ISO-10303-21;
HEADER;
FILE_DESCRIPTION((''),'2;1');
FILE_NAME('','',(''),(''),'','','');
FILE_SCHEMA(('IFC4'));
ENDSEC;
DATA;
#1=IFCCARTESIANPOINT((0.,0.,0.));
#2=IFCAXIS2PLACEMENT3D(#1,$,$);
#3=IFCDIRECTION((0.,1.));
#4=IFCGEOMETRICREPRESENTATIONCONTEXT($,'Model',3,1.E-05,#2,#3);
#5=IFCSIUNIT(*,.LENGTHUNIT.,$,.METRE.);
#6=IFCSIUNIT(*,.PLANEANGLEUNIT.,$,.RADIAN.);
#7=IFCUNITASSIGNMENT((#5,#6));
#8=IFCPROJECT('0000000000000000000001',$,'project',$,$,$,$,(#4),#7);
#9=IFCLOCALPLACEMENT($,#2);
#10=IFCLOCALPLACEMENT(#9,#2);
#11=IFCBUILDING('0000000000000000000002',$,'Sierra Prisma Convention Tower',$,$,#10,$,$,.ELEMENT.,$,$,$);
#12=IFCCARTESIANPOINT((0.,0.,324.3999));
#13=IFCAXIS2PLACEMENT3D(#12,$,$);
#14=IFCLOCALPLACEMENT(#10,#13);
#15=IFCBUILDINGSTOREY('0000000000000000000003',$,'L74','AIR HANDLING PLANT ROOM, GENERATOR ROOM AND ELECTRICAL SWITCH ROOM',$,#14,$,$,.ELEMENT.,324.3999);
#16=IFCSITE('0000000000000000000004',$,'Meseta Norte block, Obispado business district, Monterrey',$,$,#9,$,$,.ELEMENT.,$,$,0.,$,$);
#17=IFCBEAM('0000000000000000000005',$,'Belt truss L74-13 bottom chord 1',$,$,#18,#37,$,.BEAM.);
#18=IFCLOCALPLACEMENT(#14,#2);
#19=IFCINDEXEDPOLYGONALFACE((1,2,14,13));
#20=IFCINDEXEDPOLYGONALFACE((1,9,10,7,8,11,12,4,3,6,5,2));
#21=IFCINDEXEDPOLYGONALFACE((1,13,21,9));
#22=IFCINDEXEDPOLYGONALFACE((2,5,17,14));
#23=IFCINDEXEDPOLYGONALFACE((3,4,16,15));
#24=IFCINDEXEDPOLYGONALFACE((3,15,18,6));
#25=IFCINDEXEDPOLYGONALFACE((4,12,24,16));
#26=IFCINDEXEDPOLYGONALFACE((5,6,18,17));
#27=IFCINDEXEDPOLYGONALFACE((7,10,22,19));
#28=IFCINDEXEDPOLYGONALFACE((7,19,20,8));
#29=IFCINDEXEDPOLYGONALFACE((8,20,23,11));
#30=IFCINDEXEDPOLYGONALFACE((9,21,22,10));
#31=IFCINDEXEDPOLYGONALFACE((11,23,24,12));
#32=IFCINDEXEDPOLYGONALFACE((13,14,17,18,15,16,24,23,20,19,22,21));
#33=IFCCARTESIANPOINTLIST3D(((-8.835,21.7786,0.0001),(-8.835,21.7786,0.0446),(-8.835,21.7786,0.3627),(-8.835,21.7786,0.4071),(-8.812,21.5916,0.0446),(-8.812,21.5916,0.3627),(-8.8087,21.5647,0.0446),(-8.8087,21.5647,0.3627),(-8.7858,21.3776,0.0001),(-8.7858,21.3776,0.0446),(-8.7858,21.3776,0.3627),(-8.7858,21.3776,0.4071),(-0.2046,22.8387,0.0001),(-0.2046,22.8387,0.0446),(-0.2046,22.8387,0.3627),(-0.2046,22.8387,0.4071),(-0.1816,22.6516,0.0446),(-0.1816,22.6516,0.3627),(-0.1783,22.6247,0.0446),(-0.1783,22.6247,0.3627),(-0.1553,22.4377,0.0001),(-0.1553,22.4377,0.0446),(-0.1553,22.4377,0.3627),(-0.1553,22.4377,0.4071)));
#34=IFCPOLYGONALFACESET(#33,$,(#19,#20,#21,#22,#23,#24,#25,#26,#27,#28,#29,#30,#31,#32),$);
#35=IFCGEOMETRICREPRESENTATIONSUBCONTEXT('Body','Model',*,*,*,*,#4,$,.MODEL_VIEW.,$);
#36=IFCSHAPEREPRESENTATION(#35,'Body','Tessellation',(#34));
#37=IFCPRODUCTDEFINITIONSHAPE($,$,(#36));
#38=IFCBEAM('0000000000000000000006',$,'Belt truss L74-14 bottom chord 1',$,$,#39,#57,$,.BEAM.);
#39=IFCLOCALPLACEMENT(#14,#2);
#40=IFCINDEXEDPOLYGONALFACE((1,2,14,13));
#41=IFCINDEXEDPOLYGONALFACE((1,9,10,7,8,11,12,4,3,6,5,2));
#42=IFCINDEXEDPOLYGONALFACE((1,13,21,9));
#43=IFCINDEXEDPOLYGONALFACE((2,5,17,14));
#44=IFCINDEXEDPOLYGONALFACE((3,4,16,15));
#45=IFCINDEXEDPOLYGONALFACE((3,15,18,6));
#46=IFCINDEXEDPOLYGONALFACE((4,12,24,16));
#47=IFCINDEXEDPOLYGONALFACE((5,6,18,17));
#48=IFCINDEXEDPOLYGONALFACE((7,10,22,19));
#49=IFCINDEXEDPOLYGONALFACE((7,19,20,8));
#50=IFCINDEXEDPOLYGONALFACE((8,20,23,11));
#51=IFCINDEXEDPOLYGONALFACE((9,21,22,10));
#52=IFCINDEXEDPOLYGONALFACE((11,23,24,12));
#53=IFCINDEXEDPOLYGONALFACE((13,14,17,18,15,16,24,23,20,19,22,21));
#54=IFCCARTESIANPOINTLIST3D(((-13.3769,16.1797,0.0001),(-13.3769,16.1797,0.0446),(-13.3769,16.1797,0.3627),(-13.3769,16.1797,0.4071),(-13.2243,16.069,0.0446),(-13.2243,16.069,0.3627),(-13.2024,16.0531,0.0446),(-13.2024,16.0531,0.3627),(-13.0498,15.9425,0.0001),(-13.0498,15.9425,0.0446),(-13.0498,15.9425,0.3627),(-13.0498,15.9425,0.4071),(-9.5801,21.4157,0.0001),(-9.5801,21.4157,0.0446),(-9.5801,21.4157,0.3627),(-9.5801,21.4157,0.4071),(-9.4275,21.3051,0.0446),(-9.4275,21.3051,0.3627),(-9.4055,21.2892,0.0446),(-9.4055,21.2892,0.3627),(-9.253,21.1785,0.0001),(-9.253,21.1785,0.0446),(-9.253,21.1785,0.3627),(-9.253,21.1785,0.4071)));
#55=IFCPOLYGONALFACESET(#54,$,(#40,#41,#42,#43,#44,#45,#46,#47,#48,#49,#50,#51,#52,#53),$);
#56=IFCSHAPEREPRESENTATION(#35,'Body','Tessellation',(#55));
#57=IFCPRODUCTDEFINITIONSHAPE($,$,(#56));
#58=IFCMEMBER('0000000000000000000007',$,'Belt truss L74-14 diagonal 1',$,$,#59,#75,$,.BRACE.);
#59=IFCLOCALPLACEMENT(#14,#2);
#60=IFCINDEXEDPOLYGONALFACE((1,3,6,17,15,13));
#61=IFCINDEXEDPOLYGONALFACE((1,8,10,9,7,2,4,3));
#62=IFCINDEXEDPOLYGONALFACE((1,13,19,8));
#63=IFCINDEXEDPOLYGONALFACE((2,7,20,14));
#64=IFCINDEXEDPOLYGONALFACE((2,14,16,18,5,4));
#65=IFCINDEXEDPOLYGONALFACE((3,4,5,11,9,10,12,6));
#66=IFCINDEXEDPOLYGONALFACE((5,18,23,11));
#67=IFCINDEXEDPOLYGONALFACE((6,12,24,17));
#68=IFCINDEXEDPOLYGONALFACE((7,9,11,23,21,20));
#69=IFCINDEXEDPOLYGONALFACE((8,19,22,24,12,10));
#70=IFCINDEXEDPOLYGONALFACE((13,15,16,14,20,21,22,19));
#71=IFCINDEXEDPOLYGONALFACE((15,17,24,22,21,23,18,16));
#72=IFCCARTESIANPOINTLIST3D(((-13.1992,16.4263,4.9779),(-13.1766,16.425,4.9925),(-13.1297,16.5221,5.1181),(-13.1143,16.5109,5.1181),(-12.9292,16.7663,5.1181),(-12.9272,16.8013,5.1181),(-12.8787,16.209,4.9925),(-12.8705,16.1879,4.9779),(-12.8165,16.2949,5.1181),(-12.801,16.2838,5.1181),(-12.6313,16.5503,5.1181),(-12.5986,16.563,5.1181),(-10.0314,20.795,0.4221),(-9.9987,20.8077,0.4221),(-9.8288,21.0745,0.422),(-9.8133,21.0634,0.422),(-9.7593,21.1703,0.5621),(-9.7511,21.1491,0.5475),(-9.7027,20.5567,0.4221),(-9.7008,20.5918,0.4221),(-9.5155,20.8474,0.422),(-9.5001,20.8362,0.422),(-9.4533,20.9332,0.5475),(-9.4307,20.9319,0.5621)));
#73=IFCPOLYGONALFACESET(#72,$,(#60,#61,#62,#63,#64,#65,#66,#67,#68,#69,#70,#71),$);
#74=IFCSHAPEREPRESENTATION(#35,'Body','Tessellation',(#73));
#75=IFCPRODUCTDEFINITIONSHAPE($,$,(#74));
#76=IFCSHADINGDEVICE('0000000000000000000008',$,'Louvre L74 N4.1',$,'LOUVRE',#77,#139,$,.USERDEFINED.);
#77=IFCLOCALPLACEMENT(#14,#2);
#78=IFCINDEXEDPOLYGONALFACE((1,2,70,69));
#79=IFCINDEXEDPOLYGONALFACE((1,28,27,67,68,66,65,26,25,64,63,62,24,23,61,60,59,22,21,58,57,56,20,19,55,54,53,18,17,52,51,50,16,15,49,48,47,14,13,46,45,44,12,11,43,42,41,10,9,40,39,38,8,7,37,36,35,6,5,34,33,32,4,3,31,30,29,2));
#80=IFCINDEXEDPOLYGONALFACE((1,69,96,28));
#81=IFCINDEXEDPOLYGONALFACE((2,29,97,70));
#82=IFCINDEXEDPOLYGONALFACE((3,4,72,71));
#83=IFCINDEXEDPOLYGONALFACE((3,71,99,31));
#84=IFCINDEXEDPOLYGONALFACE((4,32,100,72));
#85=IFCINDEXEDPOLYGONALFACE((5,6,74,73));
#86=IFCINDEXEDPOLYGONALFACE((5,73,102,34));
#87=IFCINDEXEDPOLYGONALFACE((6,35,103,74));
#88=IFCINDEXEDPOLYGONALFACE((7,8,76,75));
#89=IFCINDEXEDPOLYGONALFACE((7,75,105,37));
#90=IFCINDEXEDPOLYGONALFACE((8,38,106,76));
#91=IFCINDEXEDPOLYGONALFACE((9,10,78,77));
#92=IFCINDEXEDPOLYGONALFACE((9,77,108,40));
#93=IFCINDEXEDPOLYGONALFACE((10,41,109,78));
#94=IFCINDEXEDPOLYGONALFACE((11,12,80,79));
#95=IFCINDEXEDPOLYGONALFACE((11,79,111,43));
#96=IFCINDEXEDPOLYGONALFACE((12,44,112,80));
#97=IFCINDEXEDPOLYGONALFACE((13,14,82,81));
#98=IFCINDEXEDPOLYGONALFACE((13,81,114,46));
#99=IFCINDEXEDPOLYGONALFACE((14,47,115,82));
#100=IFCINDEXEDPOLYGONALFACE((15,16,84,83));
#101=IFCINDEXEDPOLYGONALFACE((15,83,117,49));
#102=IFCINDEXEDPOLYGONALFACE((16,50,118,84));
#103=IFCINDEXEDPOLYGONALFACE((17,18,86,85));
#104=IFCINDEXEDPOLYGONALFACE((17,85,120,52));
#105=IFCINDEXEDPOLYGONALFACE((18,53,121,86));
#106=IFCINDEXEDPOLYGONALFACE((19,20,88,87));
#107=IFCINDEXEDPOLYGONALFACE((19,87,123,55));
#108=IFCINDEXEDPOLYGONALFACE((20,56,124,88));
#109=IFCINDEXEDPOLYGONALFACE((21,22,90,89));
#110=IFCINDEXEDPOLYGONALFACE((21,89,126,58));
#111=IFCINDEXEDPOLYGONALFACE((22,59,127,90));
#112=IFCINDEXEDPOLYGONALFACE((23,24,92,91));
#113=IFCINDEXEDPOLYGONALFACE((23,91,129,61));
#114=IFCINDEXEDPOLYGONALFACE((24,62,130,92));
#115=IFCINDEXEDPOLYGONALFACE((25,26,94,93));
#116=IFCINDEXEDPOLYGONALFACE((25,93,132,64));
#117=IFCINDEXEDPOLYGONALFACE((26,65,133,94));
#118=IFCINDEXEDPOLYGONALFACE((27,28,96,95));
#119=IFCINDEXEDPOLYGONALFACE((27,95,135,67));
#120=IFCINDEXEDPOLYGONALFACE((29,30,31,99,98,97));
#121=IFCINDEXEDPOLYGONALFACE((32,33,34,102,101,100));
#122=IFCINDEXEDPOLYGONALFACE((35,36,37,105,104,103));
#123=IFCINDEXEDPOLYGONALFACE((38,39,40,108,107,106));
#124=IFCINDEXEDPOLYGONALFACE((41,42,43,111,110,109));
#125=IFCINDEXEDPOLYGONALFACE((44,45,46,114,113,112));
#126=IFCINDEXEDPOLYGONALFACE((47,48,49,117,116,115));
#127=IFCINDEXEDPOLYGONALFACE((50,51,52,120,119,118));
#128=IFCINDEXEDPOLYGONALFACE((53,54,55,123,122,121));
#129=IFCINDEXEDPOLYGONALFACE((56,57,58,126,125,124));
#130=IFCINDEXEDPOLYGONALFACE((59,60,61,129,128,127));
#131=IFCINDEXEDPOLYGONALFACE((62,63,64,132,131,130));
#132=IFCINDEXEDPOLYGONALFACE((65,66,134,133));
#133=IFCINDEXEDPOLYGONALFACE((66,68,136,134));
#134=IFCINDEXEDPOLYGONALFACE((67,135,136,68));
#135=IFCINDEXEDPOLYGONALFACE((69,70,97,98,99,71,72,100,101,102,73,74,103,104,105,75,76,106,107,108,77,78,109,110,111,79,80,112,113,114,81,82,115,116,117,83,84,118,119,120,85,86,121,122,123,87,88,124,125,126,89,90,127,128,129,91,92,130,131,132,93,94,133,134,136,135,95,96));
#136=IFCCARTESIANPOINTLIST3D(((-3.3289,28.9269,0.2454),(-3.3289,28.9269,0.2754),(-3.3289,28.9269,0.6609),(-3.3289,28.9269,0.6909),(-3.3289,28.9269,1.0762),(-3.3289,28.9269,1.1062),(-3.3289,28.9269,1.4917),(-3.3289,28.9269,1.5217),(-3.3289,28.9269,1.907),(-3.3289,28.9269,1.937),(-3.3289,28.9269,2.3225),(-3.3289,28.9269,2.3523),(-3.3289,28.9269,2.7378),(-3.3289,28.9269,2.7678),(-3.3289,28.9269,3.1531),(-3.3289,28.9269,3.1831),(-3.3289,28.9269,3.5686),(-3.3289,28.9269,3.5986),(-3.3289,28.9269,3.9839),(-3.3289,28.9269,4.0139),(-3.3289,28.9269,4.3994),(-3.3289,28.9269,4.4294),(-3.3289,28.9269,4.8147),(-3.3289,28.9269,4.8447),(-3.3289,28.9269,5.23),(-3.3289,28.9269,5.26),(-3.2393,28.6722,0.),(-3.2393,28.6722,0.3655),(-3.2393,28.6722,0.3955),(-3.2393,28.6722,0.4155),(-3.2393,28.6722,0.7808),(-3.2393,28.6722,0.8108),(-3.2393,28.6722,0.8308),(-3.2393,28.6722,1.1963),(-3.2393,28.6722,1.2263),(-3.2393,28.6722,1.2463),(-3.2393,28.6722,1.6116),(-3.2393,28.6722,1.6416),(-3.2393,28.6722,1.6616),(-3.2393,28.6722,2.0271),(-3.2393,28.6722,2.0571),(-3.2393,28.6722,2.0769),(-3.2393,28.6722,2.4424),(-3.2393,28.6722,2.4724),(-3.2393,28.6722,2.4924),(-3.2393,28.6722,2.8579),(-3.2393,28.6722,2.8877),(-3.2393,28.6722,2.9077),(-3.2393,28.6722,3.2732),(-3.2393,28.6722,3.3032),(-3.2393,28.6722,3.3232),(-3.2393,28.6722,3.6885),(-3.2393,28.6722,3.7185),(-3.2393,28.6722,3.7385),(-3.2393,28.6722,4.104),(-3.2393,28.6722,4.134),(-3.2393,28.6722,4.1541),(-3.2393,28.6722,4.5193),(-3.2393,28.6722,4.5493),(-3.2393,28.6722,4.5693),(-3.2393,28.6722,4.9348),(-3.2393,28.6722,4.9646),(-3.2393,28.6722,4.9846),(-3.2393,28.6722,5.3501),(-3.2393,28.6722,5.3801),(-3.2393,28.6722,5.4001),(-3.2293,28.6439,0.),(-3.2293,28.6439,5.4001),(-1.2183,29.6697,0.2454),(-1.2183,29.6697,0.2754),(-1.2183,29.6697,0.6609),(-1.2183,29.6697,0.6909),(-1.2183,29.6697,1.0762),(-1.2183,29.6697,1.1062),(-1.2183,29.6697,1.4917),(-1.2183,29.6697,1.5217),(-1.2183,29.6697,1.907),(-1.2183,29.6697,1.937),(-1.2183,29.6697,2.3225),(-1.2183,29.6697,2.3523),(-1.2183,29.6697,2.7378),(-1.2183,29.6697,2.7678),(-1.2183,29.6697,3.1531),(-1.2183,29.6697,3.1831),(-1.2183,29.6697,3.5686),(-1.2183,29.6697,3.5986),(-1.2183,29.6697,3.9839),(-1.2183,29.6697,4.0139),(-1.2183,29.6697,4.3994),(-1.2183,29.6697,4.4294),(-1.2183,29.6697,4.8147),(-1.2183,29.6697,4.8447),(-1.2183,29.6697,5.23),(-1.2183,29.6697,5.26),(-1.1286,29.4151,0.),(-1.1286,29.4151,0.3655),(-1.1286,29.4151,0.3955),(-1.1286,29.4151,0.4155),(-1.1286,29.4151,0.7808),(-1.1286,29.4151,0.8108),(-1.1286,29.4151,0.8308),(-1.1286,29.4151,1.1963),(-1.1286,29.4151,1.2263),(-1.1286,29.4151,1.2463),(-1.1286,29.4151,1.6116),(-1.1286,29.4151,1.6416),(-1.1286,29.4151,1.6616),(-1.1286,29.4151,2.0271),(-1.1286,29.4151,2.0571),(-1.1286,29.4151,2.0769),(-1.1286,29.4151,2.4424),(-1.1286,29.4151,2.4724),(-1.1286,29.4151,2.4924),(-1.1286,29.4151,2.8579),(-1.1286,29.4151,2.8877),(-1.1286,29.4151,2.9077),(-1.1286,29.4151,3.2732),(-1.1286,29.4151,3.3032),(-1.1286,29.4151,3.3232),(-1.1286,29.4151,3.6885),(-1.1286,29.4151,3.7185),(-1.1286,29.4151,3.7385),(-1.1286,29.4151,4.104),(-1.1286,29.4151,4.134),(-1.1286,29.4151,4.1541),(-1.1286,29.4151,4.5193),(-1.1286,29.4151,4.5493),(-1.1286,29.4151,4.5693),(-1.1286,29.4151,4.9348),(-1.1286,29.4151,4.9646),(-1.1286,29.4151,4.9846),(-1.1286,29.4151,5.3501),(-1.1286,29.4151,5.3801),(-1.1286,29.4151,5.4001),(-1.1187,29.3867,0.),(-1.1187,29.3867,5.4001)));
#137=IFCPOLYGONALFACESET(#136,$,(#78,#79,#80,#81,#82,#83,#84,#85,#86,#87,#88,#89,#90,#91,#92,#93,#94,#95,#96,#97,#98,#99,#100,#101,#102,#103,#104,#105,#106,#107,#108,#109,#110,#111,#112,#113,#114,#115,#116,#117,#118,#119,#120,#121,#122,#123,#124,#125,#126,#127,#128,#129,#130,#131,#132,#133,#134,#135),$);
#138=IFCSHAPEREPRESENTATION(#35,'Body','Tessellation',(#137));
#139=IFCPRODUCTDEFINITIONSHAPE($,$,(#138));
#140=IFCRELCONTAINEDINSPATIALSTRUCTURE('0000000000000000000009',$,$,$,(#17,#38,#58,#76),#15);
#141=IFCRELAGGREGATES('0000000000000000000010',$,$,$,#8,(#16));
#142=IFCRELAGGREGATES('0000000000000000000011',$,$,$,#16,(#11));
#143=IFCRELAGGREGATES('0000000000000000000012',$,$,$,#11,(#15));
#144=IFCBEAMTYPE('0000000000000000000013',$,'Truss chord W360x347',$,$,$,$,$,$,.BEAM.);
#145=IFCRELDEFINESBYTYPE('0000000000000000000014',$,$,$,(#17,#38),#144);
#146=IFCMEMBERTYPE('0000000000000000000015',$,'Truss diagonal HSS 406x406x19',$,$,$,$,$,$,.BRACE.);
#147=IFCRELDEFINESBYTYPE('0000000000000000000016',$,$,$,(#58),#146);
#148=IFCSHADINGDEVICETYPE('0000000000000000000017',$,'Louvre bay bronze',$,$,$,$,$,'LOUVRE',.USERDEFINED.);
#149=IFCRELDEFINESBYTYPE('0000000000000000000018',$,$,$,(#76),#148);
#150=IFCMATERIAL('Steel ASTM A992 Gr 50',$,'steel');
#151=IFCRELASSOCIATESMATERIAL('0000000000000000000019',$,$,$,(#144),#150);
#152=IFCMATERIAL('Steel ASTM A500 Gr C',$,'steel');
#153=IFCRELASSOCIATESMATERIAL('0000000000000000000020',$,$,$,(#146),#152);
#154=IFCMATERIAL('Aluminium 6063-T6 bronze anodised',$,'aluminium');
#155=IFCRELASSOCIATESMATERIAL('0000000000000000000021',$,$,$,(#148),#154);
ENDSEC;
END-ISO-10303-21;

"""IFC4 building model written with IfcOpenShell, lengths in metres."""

from ifc_helpers import new_model, si_unit, direction, frame, origin, origin_2d, place, context, subcontext, project, spatial, polyline, hollow_rectangle, i_section, outline, extrude, clip, halfspace, material, material_profile, profile_set, type_object, element, save


model = new_model("IFC4")

# Units and contexts
model_context = context("Model", 3, precision=1e-05, world=origin(), true_north=direction((0.0, 1.0)))
body_context = subcontext(model_context, "Body", "Model", "MODEL_VIEW")
ifc_project = project(units=[si_unit("LENGTHUNIT", "METRE"), si_unit("PLANEANGLEUNIT", "RADIAN")], contexts=[model_context])

# Site, building, storey
site_placement = place(None, origin())
site = spatial("IfcSite", under=ifc_project, at=site_placement, Name="Meseta Norte block, Obispado business district, Monterrey", CompositionType="ELEMENT", RefElevation=0.0)
building_placement = place(site_placement, origin())
building = spatial("IfcBuilding", under=site, at=building_placement, Name="Sierra Prisma Convention Tower", CompositionType="ELEMENT")
storey_placement = place(building_placement, frame((0.0, 0.0, 324.3999)))
storey = spatial("IfcBuildingStorey", under=building, at=storey_placement, Name="L74", Description="AIR HANDLING PLANT ROOM, GENERATOR ROOM AND ELECTRICAL SWITCH ROOM", CompositionType="ELEMENT", Elevation=324.3999)

# Beams
ifc_material_1 = material(Name="Steel ASTM A992 Gr 50", Category="steel")
ifc_material_profile_1 = material_profile(ifc_material_1, i_section(OverallWidth=0.4041, OverallDepth=0.407, WebThickness=0.0271, FlangeThickness=0.0444, at=origin_2d()), Name="W360x347")
ifc_profile_set_1 = profile_set([ifc_material_profile_1], Name="Steel ASTM A992 Gr 50")
beam_type_1 = type_object("IfcBeamType", Name="Truss chord W360x347", PredefinedType="BEAM", material=ifc_profile_set_1)
beam_1_placement = place(storey_placement, frame((-0.1799, 22.6382, 0.2036), z_axis=(-0.992541, -0.121913, 0.0), x_axis=(0.121913, -0.992541, 0.0)))
element("IfcBeam", 1, at=beam_1_placement, inside=storey, type_object=beam_type_1, Name="Belt truss L74-13 bottom chord 1", PredefinedType="BEAM", context=body_context, shape_type="SweptSolid", body=[
    extrude(i_section(OverallWidth=0.4041, OverallDepth=0.407, WebThickness=0.0271, FlangeThickness=0.0444, at=origin_2d()), origin(), (0.0, 0.0, 1.0), 8.6953),
])
beam_2_placement = place(storey_placement, frame((-9.4165, 21.2971, 0.2036), z_axis=(-0.58704, -0.809558, 0.0), x_axis=(0.809558, -0.58704, 0.0)))
element("IfcBeam", 2, at=beam_2_placement, inside=storey, type_object=beam_type_1, Name="Belt truss L74-14 bottom chord 1", PredefinedType="BEAM", context=body_context, shape_type="SweptSolid", body=[
    extrude(i_section(OverallWidth=0.4041, OverallDepth=0.407, WebThickness=0.0271, FlangeThickness=0.0444, at=origin_2d()), origin(), (0.0, 0.0, 1.0), 6.4678),
])

# Member
ifc_material_2 = material(Name="Steel ASTM A500 Gr C", Category="steel")
ifc_material_profile_2 = material_profile(ifc_material_2, hollow_rectangle(XDim=0.406, YDim=0.406, WallThickness=0.019, at=origin_2d()), Name="Truss diagonal HSS 406x406x19")
ifc_profile_set_2 = profile_set([ifc_material_profile_2], Name="Steel ASTM A500 Gr C")
member_type = type_object("IfcMemberType", Name="Truss diagonal HSS 406x406x19", PredefinedType="BRACE", material=ifc_profile_set_2)
member_1_placement = place(storey_placement, frame((-9.6719, 20.9451, 0.407), z_axis=(-0.448545, -0.618599, 0.645092), x_axis=(0.809573, -0.58702, 0.0)))
element("IfcMember", 3, at=member_1_placement, inside=storey, type_object=member_type, Name="Belt truss L74-14 diagonal 1", PredefinedType="BRACE", context=body_context, shape_type="SweptSolid", body=[
    clip(clip(extrude(hollow_rectangle(XDim=0.406, YDim=0.406, WallThickness=0.019, at=origin_2d()), origin(), (0.0, 0.0, 1.0), 7.3262), halfspace(frame((0.0, 0.0115, 0.0098), z_axis=(0.0, 0.76411, 0.645086), x_axis=(1.0, 0.0, 0.0)), True)), halfspace(frame((0.0, -0.0115, 7.3167), z_axis=(0.0, -0.764105, -0.645092), x_axis=(1.0, 0.0, 0.0)), True)),
])

# Shading device
ifc_material_3 = material(Name="Aluminium 6063-T6 bronze anodised", Category="aluminium")
shading_device_type = type_object("IfcShadingDeviceType", Name="Louvre bay bronze", ElementType="LOUVRE", PredefinedType="USERDEFINED", material=ifc_material_3)
shading_device_1_placement = place(storey_placement, frame((-1.1187, 29.3867, 0.0), z_axis=(0.943287, 0.331979, 0.0), x_axis=(0.0, 0.0, 1.0)))
element("IfcShadingDevice", 4, at=shading_device_1_placement, inside=storey, type_object=shading_device_type, Name="Louvre L74 N4.1", ObjectType="LOUVRE", PredefinedType="USERDEFINED", context=body_context, shape_type="SweptSolid", body=[
    extrude(outline(polyline([(0.0, 0.0), (5.4001, 0.0), (5.4001, -0.03), (5.3801, -0.03), (5.26, -0.3), (5.23, -0.3), (5.3501, -0.03), (4.9846, -0.03), (4.9646, -0.03), (4.8447, -0.3), (4.8147, -0.3), (4.9348, -0.03), (4.5693, -0.03), (4.5493, -0.03), (4.4294, -0.3), (4.3994, -0.3), (4.5193, -0.03), (4.1541, -0.03), (4.134, -0.03), (4.0139, -0.3), (3.9839, -0.3), (4.104, -0.03), (3.7385, -0.03), (3.7185, -0.03), (3.5986, -0.3), (3.5686, -0.3), (3.6885, -0.03), (3.3232, -0.03), (3.3032, -0.03), (3.1831, -0.3), (3.1531, -0.3), (3.2732, -0.03), (2.9077, -0.03), (2.8877, -0.03), (2.7678, -0.3), (2.7378, -0.3), (2.8579, -0.03), (2.4924, -0.03), (2.4724, -0.03), (2.3523, -0.3), (2.3225, -0.3), (2.4424, -0.03), (2.0769, -0.03), (2.0571, -0.03), (1.937, -0.3), (1.907, -0.3), (2.0271, -0.03), (1.6616, -0.03), (1.6416, -0.03), (1.5217, -0.3), (1.4917, -0.3), (1.6116, -0.03), (1.2463, -0.03), (1.2263, -0.03), (1.1062, -0.3), (1.0762, -0.3), (1.1963, -0.03), (0.8308, -0.03), (0.8108, -0.03), (0.6909, -0.3), (0.6609, -0.3), (0.7808, -0.03), (0.4155, -0.03), (0.3955, -0.03), (0.2754, -0.3), (0.2454, -0.3), (0.3655, -0.03), (0.0, -0.03), (0.0, 0.0)])), origin(), (0.0, 0.0, -1.0), 2.2375),
])

save(model, "model.ifc")
